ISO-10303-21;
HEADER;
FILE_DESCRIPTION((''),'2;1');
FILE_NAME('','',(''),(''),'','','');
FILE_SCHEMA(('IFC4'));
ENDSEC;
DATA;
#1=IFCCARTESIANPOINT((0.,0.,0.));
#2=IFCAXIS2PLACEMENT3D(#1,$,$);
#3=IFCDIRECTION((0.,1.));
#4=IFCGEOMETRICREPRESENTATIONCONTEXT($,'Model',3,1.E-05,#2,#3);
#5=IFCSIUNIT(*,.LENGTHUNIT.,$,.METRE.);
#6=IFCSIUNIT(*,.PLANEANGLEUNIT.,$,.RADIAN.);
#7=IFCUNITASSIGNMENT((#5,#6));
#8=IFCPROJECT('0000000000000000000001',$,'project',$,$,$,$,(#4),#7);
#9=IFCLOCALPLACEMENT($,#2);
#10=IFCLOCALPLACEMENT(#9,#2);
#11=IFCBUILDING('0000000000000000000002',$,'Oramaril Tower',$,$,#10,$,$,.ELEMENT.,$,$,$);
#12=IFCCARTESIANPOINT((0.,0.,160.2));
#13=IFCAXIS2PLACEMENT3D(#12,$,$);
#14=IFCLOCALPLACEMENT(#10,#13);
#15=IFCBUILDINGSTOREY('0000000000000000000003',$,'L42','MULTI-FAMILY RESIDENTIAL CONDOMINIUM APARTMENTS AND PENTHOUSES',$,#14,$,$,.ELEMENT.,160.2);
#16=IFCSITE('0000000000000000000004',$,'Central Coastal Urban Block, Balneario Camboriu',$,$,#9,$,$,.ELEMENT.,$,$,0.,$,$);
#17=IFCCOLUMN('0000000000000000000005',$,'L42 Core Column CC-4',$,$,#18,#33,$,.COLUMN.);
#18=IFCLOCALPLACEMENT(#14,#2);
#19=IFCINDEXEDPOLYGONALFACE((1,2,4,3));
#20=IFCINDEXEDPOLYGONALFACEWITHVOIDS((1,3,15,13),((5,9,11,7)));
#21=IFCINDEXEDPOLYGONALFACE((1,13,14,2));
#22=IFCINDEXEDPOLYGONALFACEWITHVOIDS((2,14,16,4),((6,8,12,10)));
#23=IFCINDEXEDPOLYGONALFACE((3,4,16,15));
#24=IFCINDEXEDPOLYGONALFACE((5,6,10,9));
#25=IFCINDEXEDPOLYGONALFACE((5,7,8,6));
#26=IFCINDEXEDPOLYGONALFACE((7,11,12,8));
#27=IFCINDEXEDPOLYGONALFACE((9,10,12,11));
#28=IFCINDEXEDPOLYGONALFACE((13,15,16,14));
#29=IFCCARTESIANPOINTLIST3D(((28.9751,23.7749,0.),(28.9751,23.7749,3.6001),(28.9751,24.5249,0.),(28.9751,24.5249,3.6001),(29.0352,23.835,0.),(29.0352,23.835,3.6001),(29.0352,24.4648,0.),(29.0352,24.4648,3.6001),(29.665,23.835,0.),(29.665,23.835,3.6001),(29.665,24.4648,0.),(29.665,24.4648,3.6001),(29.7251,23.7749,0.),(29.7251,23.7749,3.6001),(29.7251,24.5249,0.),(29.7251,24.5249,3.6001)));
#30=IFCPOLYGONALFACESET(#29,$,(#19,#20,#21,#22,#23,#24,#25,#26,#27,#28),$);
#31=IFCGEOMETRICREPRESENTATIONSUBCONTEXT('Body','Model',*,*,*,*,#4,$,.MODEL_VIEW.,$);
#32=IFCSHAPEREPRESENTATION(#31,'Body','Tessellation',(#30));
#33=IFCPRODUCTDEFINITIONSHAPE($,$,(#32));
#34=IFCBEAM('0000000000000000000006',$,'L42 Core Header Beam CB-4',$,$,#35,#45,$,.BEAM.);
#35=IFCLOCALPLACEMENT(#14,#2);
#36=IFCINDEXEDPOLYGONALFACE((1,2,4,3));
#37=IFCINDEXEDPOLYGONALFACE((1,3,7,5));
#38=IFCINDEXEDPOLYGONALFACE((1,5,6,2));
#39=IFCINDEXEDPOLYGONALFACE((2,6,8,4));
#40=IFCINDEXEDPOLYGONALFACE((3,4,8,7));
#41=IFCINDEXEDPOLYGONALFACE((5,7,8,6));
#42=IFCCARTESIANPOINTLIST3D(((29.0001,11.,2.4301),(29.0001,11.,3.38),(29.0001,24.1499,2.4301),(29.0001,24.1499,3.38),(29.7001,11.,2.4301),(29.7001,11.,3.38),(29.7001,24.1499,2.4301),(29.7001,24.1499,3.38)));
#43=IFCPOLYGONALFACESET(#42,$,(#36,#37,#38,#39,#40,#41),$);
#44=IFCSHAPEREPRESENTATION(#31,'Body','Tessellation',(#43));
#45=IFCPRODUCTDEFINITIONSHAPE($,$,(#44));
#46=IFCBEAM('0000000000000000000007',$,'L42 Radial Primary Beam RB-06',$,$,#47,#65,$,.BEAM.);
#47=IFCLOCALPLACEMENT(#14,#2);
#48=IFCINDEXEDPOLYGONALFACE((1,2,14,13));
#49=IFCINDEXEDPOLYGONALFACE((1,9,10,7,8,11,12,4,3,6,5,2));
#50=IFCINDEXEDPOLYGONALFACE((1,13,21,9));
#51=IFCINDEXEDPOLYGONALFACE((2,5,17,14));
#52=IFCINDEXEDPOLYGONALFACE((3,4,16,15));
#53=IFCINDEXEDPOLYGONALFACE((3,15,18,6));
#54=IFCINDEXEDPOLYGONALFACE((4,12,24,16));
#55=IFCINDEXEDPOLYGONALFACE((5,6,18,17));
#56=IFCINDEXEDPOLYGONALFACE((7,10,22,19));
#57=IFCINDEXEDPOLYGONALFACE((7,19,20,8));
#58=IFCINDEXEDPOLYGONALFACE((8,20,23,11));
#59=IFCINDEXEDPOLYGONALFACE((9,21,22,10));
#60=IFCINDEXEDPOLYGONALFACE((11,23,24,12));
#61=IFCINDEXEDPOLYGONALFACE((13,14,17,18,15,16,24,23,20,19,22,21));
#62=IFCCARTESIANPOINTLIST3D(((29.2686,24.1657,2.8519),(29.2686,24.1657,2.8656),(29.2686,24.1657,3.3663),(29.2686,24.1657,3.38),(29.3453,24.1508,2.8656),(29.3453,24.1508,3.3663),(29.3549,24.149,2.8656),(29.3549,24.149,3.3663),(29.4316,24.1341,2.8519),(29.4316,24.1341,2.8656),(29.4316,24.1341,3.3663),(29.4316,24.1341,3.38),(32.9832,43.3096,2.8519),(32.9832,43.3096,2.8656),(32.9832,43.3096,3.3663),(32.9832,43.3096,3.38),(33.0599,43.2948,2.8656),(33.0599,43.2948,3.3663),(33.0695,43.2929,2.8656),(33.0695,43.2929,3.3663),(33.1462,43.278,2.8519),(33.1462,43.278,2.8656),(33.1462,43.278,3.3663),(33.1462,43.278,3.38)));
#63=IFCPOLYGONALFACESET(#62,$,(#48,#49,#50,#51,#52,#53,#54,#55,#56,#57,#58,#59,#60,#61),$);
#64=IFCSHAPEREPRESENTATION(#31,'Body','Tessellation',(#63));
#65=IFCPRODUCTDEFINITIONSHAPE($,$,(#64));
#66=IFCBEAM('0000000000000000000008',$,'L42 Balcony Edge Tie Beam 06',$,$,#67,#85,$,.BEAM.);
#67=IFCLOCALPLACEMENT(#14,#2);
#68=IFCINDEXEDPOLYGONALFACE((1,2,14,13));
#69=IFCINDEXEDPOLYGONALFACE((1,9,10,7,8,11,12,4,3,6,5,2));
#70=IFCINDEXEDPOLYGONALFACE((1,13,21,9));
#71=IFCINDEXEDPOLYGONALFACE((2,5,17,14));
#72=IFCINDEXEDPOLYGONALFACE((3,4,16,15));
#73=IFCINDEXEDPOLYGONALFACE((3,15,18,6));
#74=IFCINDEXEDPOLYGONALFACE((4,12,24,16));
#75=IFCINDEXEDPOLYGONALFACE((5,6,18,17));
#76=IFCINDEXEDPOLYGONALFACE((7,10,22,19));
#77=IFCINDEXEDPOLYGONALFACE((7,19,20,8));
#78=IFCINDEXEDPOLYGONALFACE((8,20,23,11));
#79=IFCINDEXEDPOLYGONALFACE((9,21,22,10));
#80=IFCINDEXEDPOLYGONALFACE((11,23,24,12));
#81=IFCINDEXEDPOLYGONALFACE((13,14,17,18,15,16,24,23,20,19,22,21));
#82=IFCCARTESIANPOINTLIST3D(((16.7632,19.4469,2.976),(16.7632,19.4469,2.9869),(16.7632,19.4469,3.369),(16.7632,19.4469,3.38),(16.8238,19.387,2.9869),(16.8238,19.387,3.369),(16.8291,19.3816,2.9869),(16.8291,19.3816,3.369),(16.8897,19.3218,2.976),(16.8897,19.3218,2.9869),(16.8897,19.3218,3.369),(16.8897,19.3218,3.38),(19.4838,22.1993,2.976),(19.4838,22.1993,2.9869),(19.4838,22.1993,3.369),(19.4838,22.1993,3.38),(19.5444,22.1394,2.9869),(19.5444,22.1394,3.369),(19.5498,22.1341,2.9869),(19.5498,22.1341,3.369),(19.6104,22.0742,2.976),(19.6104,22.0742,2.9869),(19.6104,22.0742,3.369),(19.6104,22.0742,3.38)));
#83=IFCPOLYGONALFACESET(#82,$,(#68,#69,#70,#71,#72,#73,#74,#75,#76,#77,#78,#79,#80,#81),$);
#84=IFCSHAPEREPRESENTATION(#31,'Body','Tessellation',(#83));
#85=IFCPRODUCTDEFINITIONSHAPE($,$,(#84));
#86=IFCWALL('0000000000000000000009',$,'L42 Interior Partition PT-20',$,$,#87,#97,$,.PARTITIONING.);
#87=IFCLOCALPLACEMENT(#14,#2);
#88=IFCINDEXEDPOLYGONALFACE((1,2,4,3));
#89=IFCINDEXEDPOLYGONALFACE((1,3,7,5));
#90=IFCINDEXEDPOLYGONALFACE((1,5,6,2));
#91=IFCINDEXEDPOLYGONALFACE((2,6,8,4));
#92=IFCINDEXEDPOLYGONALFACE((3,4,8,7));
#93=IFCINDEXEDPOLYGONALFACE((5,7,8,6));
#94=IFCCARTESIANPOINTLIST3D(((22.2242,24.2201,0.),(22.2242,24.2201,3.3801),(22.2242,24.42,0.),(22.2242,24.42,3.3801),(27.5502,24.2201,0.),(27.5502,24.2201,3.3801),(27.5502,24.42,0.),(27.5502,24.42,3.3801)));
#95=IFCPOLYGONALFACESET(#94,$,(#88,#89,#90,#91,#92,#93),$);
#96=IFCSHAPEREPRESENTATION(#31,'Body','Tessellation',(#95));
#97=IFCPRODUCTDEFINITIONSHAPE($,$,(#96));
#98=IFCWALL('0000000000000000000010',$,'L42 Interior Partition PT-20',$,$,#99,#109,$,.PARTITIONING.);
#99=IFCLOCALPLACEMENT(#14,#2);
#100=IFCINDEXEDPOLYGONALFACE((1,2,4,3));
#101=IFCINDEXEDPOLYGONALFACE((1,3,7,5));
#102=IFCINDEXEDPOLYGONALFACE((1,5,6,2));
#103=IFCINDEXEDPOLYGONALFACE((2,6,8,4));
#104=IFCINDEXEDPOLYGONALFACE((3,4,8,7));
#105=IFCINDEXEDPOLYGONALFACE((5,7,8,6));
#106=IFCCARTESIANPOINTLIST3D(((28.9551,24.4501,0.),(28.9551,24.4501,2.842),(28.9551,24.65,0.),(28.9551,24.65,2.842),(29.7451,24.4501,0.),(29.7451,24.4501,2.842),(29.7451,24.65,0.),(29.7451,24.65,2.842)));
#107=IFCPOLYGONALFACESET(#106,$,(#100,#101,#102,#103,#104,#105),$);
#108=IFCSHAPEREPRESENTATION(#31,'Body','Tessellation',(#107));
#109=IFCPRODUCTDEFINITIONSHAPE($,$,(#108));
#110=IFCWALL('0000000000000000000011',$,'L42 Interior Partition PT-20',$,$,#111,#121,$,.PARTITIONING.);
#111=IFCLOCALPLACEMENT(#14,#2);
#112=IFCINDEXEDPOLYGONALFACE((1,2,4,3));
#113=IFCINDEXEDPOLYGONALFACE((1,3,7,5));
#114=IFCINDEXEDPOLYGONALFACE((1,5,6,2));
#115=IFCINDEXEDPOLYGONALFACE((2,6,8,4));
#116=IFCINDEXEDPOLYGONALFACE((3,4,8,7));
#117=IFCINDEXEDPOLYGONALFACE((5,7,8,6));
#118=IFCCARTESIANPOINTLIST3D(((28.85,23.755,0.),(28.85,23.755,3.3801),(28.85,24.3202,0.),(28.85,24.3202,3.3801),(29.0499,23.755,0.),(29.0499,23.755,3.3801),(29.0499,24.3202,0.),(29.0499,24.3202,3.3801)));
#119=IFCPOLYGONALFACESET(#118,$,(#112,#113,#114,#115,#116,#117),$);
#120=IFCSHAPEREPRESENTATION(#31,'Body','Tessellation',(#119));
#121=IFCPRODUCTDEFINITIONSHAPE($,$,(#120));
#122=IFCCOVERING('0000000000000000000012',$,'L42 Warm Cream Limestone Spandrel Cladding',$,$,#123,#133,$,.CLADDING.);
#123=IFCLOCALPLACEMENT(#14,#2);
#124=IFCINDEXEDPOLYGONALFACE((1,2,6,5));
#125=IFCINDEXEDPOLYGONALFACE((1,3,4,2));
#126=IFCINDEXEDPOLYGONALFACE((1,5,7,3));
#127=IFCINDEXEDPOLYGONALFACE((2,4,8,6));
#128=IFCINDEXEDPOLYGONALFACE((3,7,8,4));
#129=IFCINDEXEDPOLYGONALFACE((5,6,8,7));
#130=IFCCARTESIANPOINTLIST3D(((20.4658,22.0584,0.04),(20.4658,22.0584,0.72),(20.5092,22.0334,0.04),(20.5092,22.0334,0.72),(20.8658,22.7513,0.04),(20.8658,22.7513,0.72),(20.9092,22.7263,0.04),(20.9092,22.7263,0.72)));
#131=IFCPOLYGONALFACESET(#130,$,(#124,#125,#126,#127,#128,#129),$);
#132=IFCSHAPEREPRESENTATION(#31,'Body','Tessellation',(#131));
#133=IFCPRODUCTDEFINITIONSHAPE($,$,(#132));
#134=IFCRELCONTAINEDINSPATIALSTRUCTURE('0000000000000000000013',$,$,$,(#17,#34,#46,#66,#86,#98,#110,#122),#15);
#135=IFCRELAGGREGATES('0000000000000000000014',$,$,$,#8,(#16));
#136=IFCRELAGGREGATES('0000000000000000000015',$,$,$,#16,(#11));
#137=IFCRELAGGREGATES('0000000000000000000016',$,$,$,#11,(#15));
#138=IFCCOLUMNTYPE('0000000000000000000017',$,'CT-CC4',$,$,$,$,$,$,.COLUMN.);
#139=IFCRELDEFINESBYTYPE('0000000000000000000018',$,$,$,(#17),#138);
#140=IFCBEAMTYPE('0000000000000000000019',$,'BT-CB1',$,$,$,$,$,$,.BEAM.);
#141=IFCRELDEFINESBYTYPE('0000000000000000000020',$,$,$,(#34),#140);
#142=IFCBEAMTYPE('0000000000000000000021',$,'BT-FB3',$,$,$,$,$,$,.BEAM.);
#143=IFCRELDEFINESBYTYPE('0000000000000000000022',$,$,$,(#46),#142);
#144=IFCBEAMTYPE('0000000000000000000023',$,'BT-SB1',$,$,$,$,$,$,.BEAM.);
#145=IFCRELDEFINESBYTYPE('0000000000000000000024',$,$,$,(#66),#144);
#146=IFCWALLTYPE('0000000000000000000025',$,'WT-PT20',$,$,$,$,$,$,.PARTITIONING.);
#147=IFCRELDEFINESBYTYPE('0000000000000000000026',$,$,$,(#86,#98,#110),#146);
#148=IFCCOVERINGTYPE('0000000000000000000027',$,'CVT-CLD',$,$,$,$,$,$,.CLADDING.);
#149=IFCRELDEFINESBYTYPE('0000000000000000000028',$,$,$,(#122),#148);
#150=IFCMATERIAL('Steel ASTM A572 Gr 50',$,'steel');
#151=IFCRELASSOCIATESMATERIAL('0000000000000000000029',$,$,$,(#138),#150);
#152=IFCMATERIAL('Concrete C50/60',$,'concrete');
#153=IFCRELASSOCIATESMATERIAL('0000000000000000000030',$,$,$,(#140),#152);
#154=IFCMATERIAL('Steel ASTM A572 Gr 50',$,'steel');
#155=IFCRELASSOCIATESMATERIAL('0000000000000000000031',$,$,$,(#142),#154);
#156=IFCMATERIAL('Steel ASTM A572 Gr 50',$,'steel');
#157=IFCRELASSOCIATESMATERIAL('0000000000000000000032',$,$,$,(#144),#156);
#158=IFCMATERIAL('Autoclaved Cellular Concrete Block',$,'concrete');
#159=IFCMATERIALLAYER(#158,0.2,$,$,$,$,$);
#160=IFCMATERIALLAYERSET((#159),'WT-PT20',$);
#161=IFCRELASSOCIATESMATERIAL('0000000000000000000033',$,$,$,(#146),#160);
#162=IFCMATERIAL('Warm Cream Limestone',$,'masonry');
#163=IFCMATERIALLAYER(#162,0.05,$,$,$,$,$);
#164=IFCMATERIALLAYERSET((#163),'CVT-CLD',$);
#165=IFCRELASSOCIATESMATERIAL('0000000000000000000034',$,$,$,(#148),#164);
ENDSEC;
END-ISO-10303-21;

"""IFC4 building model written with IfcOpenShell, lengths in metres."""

from ifc_helpers import new_model, si_unit, direction, frame, frame_2d, origin, origin_2d, place, context, subcontext, project, spatial, rectangle, hollow_rectangle, i_section, extrude, material, layer, layer_set, material_profile, profile_set, type_object, element, save


model = new_model("IFC4")

# Units and contexts
model_context = context("Model", 3, precision=1e-05, world=origin(), true_north=direction((0.0, 1.0)))
body_context = subcontext(model_context, "Body", "Model", "MODEL_VIEW")
ifc_project = project(units=[si_unit("LENGTHUNIT", "METRE"), si_unit("PLANEANGLEUNIT", "RADIAN")], contexts=[model_context])

# Site, building, storey
site_placement = place(None, origin())
site = spatial("IfcSite", under=ifc_project, at=site_placement, Name="Central Coastal Urban Block, Balneario Camboriu", CompositionType="ELEMENT", RefElevation=0.0)
building_placement = place(site_placement, origin())
building = spatial("IfcBuilding", under=site, at=building_placement, Name="Oramaril Tower", CompositionType="ELEMENT")
storey_placement = place(building_placement, frame((0.0, 0.0, 160.2)))
storey = spatial("IfcBuildingStorey", under=building, at=storey_placement, Name="L42", Description="MULTI-FAMILY RESIDENTIAL CONDOMINIUM APARTMENTS AND PENTHOUSES", CompositionType="ELEMENT", Elevation=160.2)

# Column
ifc_material_1 = material(Name="Steel ASTM A572 Gr 50", Category="steel")
ifc_material_profile_1 = material_profile(ifc_material_1, hollow_rectangle(XDim=0.75, YDim=0.75, WallThickness=0.0601, at=origin_2d()), Name="BOX750X750X60")
ifc_profile_set_1 = profile_set([ifc_material_profile_1], Name="Steel ASTM A572 Gr 50")
column_type = type_object("IfcColumnType", Name="CT-CC4", PredefinedType="COLUMN", material=ifc_profile_set_1)
column_placement = place(storey_placement, frame((29.3501, 24.1499, 0.0), z_axis=(0.0, 0.0, 1.0), x_axis=(1.0, 0.0, 0.0)))
element("IfcColumn", 1, at=column_placement, inside=storey, type_object=column_type, Name="L42 Core Column CC-4", PredefinedType="COLUMN", context=body_context, shape_type="SweptSolid", body=[
    extrude(hollow_rectangle(XDim=0.75, YDim=0.75, WallThickness=0.0601, at=origin_2d()), origin(), (0.0, 0.0, 1.0), 3.6001),
])

# Beams
ifc_material_2 = material(Name="Concrete C50/60", Category="concrete")
ifc_material_profile_2 = material_profile(ifc_material_2, rectangle(XDim=0.7, YDim=0.95, at=origin_2d()), Name="CB700X950")
ifc_profile_set_2 = profile_set([ifc_material_profile_2], Name="Concrete C50/60")
beam_type_1 = type_object("IfcBeamType", Name="BT-CB1", PredefinedType="BEAM", material=ifc_profile_set_2)
beam_1_placement = place(storey_placement, frame((29.3501, 24.1499, 2.905), z_axis=(0.0, -1.0, 0.0), x_axis=(1.0, 0.0, 0.0)))
element("IfcBeam", 2, at=beam_1_placement, inside=storey, type_object=beam_type_1, Name="L42 Core Header Beam CB-4", PredefinedType="BEAM", context=body_context, shape_type="SweptSolid", body=[
    extrude(rectangle(XDim=0.7, YDim=0.95, at=origin_2d()), origin(), (0.0, 0.0, 1.0), 13.1499),
])
ifc_material_3 = material(Name="Steel ASTM A572 Gr 50", Category="steel")
ifc_material_profile_3 = material_profile(ifc_material_3, i_section(OverallWidth=0.166, OverallDepth=0.5281, WebThickness=0.0098, FlangeThickness=0.0137, at=origin_2d()), Name="W21X50")
ifc_profile_set_3 = profile_set([ifc_material_profile_3], Name="Steel ASTM A572 Gr 50")
beam_type_2 = type_object("IfcBeamType", Name="BT-FB3", PredefinedType="BEAM", material=ifc_profile_set_3)
beam_2_placement = place(storey_placement, frame((29.3501, 24.1499, 3.116), z_axis=(0.190482, 0.981691, 0.0), x_axis=(-0.981691, 0.190482, 0.0)))
element("IfcBeam", 3, at=beam_2_placement, inside=storey, type_object=beam_type_2, Name="L42 Radial Primary Beam RB-06", PredefinedType="BEAM", context=body_context, shape_type="SweptSolid", body=[
    extrude(i_section(OverallWidth=0.166, OverallDepth=0.5281, WebThickness=0.0098, FlangeThickness=0.0137, at=origin_2d()), origin(), (0.0, 0.0, 1.0), 19.501),
])
ifc_material_4 = material(Name="Steel ASTM A572 Gr 50", Category="steel")
ifc_material_profile_4 = material_profile(ifc_material_4, i_section(OverallWidth=0.178, OverallDepth=0.4041, WebThickness=0.0076, FlangeThickness=0.011, at=origin_2d()), Name="W16X36")
ifc_profile_set_4 = profile_set([ifc_material_profile_4], Name="Steel ASTM A572 Gr 50")
beam_type_3 = type_object("IfcBeamType", Name="BT-SB1", PredefinedType="BEAM", material=ifc_profile_set_4)
beam_3_placement = place(storey_placement, frame((19.5471, 22.1367, 3.178), z_axis=(-0.702995, -0.711195, 0.0), x_axis=(0.711195, -0.702995, 0.0)))
element("IfcBeam", 4, at=beam_3_placement, inside=storey, type_object=beam_type_3, Name="L42 Balcony Edge Tie Beam 06", PredefinedType="BEAM", context=body_context, shape_type="SweptSolid", body=[
    extrude(i_section(OverallWidth=0.178, OverallDepth=0.4041, WebThickness=0.0076, FlangeThickness=0.011, at=origin_2d()), origin(), (0.0, 0.0, 1.0), 3.8701),
])

# Walls
ifc_material_5 = material(Name="Autoclaved Cellular Concrete Block", Category="concrete")
ifc_layer_1 = layer(ifc_material_5, 0.2)
ifc_layer_set_1 = layer_set([ifc_layer_1], Name="WT-PT20")
wall_type_1 = type_object("IfcWallType", Name="WT-PT20", PredefinedType="PARTITIONING", material=ifc_layer_set_1)
wall_1_placement = place(storey_placement, frame((22.2241, 24.3201, 0.0), z_axis=(0.0, 0.0, 1.0), x_axis=(1.0, 0.0, 0.0)))
element("IfcWall", 5, at=wall_1_placement, inside=storey, type_object=wall_type_1, Name="L42 Interior Partition PT-20", PredefinedType="PARTITIONING", context=body_context, shape_type="SweptSolid", body=[
    extrude(rectangle(XDim=5.3259, YDim=0.2, at=frame_2d((2.6631, 0.0))), origin(), (0.0, 0.0, 1.0), 3.3801),
])
wall_2_placement = place(storey_placement, frame((28.9551, 24.55, 0.0), z_axis=(0.0, 0.0, 1.0), x_axis=(1.0, 0.0, 0.0)))
element("IfcWall", 6, at=wall_2_placement, inside=storey, type_object=wall_type_1, Name="L42 Interior Partition PT-20", PredefinedType="PARTITIONING", context=body_context, shape_type="SweptSolid", body=[
    extrude(rectangle(XDim=0.79, YDim=0.2, at=frame_2d((0.395, 0.0))), origin(), (0.0, 0.0, 1.0), 2.842),
])

# Wall
wall_3_placement = place(storey_placement, frame((28.95, 23.7549, 0.0), z_axis=(0.0, 0.0, 1.0), x_axis=(0.0, 1.0, 0.0)))
element("IfcWall", 7, at=wall_3_placement, inside=storey, type_object=wall_type_1, Name="L42 Interior Partition PT-20", PredefinedType="PARTITIONING", context=body_context, shape_type="SweptSolid", body=[
    extrude(rectangle(XDim=0.5652, YDim=0.2, at=frame_2d((0.2827, 0.0))), origin(), (0.0, 0.0, 1.0), 3.3801),
])

# Covering
ifc_material_6 = material(Name="Warm Cream Limestone", Category="masonry")
ifc_layer_2 = layer(ifc_material_6, 0.05)
ifc_layer_set_2 = layer_set([ifc_layer_2], Name="CVT-CLD")
covering_type = type_object("IfcCoveringType", Name="CVT-CLD", PredefinedType="CLADDING", material=ifc_layer_set_2)
covering_placement = place(storey_placement, frame((20.6875, 22.3923, 0.04), z_axis=(0.0, 0.0, 1.0), x_axis=(-0.5, -0.866025, 0.0)))
element("IfcCovering", 8, at=covering_placement, inside=storey, type_object=covering_type, Name="L42 Warm Cream Limestone Spandrel Cladding", PredefinedType="CLADDING", context=body_context, shape_type="SweptSolid", body=[
    extrude(rectangle(XDim=0.8, YDim=0.05, at=origin_2d()), origin(), (0.0, 0.0, 1.0), 0.6799),
])

save(model, "model.ifc")
